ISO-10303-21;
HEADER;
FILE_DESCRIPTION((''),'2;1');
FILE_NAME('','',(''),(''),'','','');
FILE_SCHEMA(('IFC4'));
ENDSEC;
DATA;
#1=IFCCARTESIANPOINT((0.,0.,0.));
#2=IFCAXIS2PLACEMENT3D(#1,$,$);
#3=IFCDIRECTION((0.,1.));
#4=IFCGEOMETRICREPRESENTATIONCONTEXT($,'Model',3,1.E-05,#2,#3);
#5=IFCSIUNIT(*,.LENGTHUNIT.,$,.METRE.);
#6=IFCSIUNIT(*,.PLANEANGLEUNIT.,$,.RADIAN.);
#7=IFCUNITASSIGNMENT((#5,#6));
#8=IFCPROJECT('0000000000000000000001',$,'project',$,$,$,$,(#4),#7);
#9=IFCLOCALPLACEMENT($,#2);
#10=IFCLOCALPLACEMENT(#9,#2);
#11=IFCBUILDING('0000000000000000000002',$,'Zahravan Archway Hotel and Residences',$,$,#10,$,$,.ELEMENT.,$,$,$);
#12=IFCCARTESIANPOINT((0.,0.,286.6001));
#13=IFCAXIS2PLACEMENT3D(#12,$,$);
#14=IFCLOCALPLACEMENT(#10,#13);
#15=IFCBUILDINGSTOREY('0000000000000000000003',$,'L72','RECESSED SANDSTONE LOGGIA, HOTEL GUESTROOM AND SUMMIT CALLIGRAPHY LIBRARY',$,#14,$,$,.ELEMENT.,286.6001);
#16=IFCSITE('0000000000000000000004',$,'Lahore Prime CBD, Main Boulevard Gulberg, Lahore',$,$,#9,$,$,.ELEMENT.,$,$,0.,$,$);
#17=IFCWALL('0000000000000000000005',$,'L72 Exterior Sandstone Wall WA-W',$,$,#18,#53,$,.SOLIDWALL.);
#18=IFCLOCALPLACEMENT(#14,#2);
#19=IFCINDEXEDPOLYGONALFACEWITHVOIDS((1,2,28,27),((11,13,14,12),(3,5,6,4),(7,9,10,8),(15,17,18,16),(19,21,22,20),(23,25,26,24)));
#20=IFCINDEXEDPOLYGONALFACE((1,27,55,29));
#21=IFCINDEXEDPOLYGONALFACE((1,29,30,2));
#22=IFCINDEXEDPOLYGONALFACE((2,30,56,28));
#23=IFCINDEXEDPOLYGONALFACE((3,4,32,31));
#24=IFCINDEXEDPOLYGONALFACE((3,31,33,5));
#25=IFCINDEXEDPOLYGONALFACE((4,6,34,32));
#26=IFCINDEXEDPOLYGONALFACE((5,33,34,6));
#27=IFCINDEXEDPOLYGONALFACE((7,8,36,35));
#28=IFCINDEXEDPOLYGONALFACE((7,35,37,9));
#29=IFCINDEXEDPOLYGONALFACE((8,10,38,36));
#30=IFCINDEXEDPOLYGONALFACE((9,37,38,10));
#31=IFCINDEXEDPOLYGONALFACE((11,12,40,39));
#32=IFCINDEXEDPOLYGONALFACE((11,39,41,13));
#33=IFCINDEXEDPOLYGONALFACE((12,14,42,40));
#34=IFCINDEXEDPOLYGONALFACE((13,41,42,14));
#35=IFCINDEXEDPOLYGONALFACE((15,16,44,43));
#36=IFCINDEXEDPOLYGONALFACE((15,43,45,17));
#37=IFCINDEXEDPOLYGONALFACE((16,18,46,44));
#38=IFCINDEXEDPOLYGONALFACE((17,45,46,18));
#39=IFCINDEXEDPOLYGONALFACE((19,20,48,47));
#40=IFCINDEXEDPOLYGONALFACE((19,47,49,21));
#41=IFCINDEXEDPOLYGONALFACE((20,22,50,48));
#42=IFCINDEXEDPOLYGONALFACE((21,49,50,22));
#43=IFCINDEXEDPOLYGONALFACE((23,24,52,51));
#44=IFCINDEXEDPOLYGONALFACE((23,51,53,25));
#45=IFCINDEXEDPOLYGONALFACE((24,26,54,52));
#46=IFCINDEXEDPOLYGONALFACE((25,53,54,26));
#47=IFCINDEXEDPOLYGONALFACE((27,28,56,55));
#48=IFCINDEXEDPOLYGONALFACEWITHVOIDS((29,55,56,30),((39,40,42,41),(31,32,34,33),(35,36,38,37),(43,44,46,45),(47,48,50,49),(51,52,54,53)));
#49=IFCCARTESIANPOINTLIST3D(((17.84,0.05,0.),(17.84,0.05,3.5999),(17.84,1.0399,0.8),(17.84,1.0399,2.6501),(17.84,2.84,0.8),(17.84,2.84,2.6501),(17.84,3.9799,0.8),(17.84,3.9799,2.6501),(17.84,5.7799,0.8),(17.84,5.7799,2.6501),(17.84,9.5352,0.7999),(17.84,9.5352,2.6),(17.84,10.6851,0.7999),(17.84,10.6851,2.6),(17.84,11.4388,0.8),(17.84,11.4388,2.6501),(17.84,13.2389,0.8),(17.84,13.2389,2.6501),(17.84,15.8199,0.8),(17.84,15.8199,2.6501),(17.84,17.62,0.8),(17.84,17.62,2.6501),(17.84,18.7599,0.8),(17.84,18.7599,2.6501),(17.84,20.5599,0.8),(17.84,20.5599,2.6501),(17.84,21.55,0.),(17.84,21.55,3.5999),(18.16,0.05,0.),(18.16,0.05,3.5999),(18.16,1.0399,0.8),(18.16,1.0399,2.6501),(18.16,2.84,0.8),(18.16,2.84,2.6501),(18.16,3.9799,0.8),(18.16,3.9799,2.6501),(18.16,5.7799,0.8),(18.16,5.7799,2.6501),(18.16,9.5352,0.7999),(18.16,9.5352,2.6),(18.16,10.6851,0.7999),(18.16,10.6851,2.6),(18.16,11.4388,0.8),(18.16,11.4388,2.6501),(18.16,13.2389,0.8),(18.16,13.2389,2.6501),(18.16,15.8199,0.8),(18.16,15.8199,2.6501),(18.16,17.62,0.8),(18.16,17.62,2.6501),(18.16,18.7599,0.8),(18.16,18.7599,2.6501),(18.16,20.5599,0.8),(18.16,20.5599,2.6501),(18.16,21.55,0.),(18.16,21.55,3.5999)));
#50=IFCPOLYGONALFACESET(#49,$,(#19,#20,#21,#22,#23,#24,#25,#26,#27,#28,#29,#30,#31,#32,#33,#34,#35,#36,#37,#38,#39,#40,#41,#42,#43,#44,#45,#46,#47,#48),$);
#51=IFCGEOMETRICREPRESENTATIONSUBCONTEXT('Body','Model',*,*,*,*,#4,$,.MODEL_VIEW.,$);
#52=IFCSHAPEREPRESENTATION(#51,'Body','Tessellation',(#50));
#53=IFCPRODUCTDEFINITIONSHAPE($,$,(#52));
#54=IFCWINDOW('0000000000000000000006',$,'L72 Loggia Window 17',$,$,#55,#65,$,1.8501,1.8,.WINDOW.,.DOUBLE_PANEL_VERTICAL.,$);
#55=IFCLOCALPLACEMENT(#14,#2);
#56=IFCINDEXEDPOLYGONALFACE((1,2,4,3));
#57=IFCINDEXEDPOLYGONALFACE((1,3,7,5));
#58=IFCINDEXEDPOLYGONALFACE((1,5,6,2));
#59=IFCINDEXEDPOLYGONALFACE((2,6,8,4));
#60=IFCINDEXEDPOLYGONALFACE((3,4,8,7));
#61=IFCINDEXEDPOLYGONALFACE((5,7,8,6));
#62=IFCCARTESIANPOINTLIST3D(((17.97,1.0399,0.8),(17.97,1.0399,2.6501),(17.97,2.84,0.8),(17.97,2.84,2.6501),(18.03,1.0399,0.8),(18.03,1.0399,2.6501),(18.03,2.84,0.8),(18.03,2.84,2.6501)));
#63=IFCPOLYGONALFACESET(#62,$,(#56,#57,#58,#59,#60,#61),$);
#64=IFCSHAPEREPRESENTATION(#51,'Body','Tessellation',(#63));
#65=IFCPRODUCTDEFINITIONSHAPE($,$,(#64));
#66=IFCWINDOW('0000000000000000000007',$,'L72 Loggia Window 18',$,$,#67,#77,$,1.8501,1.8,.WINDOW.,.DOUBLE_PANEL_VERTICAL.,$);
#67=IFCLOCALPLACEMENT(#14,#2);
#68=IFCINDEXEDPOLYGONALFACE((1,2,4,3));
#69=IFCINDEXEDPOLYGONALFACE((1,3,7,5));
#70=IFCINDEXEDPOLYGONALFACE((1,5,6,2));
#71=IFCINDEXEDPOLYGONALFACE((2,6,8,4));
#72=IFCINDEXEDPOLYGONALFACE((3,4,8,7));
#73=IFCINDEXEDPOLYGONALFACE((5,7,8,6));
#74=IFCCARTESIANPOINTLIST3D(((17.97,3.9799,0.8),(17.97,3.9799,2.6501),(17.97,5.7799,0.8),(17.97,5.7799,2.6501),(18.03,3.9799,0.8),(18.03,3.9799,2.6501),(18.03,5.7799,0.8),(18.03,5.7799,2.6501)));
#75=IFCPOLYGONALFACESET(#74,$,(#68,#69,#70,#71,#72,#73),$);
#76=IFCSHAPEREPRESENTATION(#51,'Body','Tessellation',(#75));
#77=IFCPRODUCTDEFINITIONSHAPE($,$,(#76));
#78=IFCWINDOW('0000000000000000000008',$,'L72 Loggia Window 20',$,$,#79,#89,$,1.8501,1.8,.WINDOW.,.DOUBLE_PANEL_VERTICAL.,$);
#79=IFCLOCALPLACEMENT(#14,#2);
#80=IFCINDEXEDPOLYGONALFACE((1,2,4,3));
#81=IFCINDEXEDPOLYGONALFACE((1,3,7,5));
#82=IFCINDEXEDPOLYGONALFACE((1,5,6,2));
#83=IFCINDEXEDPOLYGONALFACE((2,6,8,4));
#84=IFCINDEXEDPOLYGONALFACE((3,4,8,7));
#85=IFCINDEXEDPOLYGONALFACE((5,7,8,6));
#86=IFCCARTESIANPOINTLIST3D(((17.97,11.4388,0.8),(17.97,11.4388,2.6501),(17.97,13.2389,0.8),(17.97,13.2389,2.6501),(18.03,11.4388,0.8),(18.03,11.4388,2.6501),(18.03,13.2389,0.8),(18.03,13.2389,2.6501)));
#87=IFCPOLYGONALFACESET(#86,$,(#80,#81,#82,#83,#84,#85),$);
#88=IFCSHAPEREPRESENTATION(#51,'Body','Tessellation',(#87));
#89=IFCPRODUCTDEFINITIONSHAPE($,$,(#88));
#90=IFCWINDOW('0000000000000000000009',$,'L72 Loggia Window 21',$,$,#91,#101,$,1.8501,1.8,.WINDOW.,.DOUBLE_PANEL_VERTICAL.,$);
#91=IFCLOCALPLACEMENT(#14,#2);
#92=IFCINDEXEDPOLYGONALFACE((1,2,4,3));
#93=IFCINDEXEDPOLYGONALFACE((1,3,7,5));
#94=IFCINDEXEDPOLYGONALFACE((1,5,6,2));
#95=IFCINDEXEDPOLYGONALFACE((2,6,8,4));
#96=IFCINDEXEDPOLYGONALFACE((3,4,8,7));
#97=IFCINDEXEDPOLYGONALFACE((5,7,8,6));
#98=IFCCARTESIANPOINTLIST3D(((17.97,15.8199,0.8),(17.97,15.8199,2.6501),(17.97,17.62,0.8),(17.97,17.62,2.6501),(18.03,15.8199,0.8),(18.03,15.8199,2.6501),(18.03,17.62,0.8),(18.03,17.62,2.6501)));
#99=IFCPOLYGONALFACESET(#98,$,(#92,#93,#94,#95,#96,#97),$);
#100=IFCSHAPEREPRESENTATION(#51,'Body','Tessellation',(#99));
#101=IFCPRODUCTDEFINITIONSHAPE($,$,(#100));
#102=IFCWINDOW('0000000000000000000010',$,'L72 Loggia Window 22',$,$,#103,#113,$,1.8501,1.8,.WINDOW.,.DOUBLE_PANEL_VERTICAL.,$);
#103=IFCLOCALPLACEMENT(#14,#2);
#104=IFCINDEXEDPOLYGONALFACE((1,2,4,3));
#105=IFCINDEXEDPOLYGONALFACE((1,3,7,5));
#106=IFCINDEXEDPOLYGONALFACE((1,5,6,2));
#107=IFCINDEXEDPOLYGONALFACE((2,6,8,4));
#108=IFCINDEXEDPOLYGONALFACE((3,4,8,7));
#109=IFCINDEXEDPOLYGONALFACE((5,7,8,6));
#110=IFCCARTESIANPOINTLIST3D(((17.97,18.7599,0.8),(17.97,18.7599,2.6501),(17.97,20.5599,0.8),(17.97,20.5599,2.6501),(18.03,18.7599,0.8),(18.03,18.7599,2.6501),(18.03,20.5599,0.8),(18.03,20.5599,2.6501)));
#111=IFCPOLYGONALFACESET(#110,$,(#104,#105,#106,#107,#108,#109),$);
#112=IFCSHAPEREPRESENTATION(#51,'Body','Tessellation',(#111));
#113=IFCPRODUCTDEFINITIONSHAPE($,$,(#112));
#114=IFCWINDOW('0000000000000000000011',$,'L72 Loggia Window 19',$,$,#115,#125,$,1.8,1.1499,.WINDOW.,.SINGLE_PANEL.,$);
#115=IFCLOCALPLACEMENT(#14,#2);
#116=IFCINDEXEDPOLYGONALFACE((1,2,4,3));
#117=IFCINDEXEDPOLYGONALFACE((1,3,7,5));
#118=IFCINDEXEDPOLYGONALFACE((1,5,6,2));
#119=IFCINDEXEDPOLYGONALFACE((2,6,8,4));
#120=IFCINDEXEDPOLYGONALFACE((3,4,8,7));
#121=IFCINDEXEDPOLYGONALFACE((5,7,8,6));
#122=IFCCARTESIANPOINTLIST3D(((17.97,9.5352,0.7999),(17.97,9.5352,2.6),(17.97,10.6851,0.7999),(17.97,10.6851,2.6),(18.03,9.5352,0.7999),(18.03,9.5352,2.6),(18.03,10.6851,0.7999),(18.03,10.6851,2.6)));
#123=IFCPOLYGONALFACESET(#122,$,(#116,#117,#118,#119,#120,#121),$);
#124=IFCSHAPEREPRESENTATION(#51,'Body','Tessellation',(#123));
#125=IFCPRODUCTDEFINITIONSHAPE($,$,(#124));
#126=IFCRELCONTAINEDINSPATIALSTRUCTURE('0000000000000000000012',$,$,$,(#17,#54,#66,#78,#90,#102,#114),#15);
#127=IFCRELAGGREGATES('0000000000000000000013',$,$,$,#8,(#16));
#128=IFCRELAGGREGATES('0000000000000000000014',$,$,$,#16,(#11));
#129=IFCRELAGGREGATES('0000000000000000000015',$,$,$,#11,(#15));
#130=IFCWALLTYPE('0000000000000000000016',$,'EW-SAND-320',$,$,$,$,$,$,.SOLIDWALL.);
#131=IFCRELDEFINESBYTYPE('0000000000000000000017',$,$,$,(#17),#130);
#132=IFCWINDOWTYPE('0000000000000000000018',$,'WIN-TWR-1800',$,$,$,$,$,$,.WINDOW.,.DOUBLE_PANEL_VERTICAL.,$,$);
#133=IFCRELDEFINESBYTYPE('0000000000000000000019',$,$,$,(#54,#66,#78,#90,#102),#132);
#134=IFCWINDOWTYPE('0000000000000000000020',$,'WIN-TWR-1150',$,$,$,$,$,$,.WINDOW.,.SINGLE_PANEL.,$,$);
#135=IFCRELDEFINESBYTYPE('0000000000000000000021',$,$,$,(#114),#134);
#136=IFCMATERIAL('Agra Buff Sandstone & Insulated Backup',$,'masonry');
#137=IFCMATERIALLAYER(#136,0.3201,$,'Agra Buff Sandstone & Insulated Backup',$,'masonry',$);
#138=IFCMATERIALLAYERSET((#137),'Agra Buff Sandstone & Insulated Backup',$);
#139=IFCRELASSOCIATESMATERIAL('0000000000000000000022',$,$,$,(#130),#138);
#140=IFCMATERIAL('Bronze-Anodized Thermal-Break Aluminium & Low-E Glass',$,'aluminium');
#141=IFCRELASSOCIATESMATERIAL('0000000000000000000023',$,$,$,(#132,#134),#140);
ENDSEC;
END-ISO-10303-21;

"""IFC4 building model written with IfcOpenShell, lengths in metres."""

from ifc_helpers import new_model, si_unit, direction, frame, frame_2d, origin, place, context, subcontext, project, spatial, rectangle, extrude, source, transform, mapped, material, layer, layer_set, type_object, type_shapes, element, fill, save


model = new_model("IFC4")

# Units and contexts
model_context = context("Model", 3, precision=1e-05, world=origin(), true_north=direction((0.0, 1.0)))
body_context = subcontext(model_context, "Body", "Model", "MODEL_VIEW")
ifc_project = project(units=[si_unit("LENGTHUNIT", "METRE"), si_unit("PLANEANGLEUNIT", "RADIAN")], contexts=[model_context])

# Site, building, storey
site_placement = place(None, origin())
site = spatial("IfcSite", under=ifc_project, at=site_placement, Name="Lahore Prime CBD, Main Boulevard Gulberg, Lahore", CompositionType="ELEMENT", RefElevation=0.0)
building_placement = place(site_placement, origin())
building = spatial("IfcBuilding", under=site, at=building_placement, Name="Zahravan Archway Hotel and Residences", CompositionType="ELEMENT")
storey_placement = place(building_placement, frame((0.0, 0.0, 286.6001)))
storey = spatial("IfcBuildingStorey", under=building, at=storey_placement, Name="L72", Description="RECESSED SANDSTONE LOGGIA, HOTEL GUESTROOM AND SUMMIT CALLIGRAPHY LIBRARY", CompositionType="ELEMENT", Elevation=286.6001)

# Wall, openings, windows
ifc_material_1 = material(Name="Agra Buff Sandstone & Insulated Backup", Category="masonry")
ifc_layer_1 = layer(ifc_material_1, 0.3201, Name="Agra Buff Sandstone & Insulated Backup", Category="masonry")
ifc_layer_set_1 = layer_set([ifc_layer_1], Name="Agra Buff Sandstone & Insulated Backup")
wall_type_1 = type_object("IfcWallType", Name="EW-SAND-320", PredefinedType="SOLIDWALL", material=ifc_layer_set_1)
wall_1_placement = place(storey_placement, frame((18.0, 0.05, 0.0), z_axis=(0.0, 0.0, 1.0), x_axis=(0.0, 1.0, 0.0)))
wall_1 = element("IfcWall", 1, at=wall_1_placement, inside=storey, type_object=wall_type_1, Name="L72 Exterior Sandstone Wall WA-W", PredefinedType="SOLIDWALL", context=body_context, shape_type="SweptSolid", body=[
    extrude(rectangle(XDim=21.5, YDim=0.3201, at=frame_2d((10.75, 0.0))), origin(), (0.0, 0.0, 1.0), 3.5999),
])
opening_1_placement = place(wall_1_placement, frame((0.99, 0.0, 0.8)))
opening_1 = element("IfcOpeningElement", 2, at=opening_1_placement, cuts=wall_1, PredefinedType="OPENING", context=body_context, shape_type="SweptSolid", body=[
    extrude(rectangle(XDim=1.8, YDim=1.8501, at=frame_2d((0.8999, 0.925))), frame((0.0, 0.1699, 0.0), z_axis=(0.0, -1.0, 0.0), x_axis=(1.0, 0.0, 0.0)), (0.0, 0.0, 1.0), 0.3401),
])
opening_2_placement = place(wall_1_placement, frame((3.9299, 0.0, 0.8)))
opening_2 = element("IfcOpeningElement", 3, at=opening_2_placement, cuts=wall_1, PredefinedType="OPENING", context=body_context, shape_type="SweptSolid", body=[
    extrude(rectangle(XDim=1.8, YDim=1.8501, at=frame_2d((0.8999, 0.925))), frame((0.0, 0.1699, 0.0), z_axis=(0.0, -1.0, 0.0), x_axis=(1.0, 0.0, 0.0)), (0.0, 0.0, 1.0), 0.3401),
])
opening_3_placement = place(wall_1_placement, frame((9.4851, 0.0, 0.8)))
opening_3 = element("IfcOpeningElement", 4, at=opening_3_placement, cuts=wall_1, PredefinedType="OPENING", context=body_context, shape_type="SweptSolid", body=[
    extrude(rectangle(XDim=1.1499, YDim=1.8, at=frame_2d((0.575, 0.8999))), frame((0.0, 0.1699, 0.0), z_axis=(0.0, -1.0, 0.0), x_axis=(1.0, 0.0, 0.0)), (0.0, 0.0, 1.0), 0.3401),
])
opening_4_placement = place(wall_1_placement, frame((11.3889, 0.0, 0.8)))
opening_4 = element("IfcOpeningElement", 5, at=opening_4_placement, cuts=wall_1, PredefinedType="OPENING", context=body_context, shape_type="SweptSolid", body=[
    extrude(rectangle(XDim=1.8, YDim=1.8501, at=frame_2d((0.8999, 0.925))), frame((0.0, 0.1699, 0.0), z_axis=(0.0, -1.0, 0.0), x_axis=(1.0, 0.0, 0.0)), (0.0, 0.0, 1.0), 0.3401),
])
opening_5_placement = place(wall_1_placement, frame((15.77, 0.0, 0.8)))
opening_5 = element("IfcOpeningElement", 6, at=opening_5_placement, cuts=wall_1, PredefinedType="OPENING", context=body_context, shape_type="SweptSolid", body=[
    extrude(rectangle(XDim=1.8, YDim=1.8501, at=frame_2d((0.8999, 0.925))), frame((0.0, 0.1699, 0.0), z_axis=(0.0, -1.0, 0.0), x_axis=(1.0, 0.0, 0.0)), (0.0, 0.0, 1.0), 0.3401),
])
opening_6_placement = place(wall_1_placement, frame((18.71, 0.0, 0.8)))
opening_6 = element("IfcOpeningElement", 7, at=opening_6_placement, cuts=wall_1, PredefinedType="OPENING", context=body_context, shape_type="SweptSolid", body=[
    extrude(rectangle(XDim=1.8, YDim=1.8501, at=frame_2d((0.8999, 0.925))), frame((0.0, 0.1699, 0.0), z_axis=(0.0, -1.0, 0.0), x_axis=(1.0, 0.0, 0.0)), (0.0, 0.0, 1.0), 0.3401),
])
ifc_material_2 = material(Name="Bronze-Anodized Thermal-Break Aluminium & Low-E Glass", Category="aluminium")
window_type_1 = type_object("IfcWindowType", Name="WIN-TWR-1800", PartitioningType="DOUBLE_PANEL_VERTICAL", PredefinedType="WINDOW", material=ifc_material_2)
shared_shape_1 = source(origin(), body_context, "Body", "SweptSolid", [
    extrude(rectangle(XDim=1.8, YDim=1.8501, at=frame_2d((0.8999, 0.925))), frame((0.0, 0.03, 0.0), z_axis=(0.0, -1.0, 0.0), x_axis=(1.0, 0.0, 0.0)), (0.0, 0.0, 1.0), 0.0601),
])
type_shapes(window_type_1, [shared_shape_1])
window_1_placement = place(opening_1_placement, origin())
window_1 = element("IfcWindow", 8, at=window_1_placement, inside=storey, type_object=window_type_1, Name="L72 Loggia Window 17", OverallHeight=1.8501, OverallWidth=1.8, PartitioningType="DOUBLE_PANEL_VERTICAL", PredefinedType="WINDOW", context=body_context, shape_type="MappedRepresentation", body=[
    mapped(shared_shape_1, transform((0.0, 0.0, 0.0), scale=1.0)),
])
fill(opening_1, window_1)
window_2_placement = place(opening_2_placement, origin())
window_2 = element("IfcWindow", 9, at=window_2_placement, inside=storey, type_object=window_type_1, Name="L72 Loggia Window 18", OverallHeight=1.8501, OverallWidth=1.8, PartitioningType="DOUBLE_PANEL_VERTICAL", PredefinedType="WINDOW", context=body_context, shape_type="MappedRepresentation", body=[
    mapped(shared_shape_1, transform((0.0, 0.0, 0.0), scale=1.0)),
])
fill(opening_2, window_2)
window_3_placement = place(opening_4_placement, origin())
window_3 = element("IfcWindow", 10, at=window_3_placement, inside=storey, type_object=window_type_1, Name="L72 Loggia Window 20", OverallHeight=1.8501, OverallWidth=1.8, PartitioningType="DOUBLE_PANEL_VERTICAL", PredefinedType="WINDOW", context=body_context, shape_type="MappedRepresentation", body=[
    mapped(shared_shape_1, transform((0.0, 0.0, 0.0), scale=1.0)),
])
fill(opening_4, window_3)
window_4_placement = place(opening_5_placement, origin())
window_4 = element("IfcWindow", 11, at=window_4_placement, inside=storey, type_object=window_type_1, Name="L72 Loggia Window 21", OverallHeight=1.8501, OverallWidth=1.8, PartitioningType="DOUBLE_PANEL_VERTICAL", PredefinedType="WINDOW", context=body_context, shape_type="MappedRepresentation", body=[
    mapped(shared_shape_1, transform((0.0, 0.0, 0.0), scale=1.0)),
])
fill(opening_5, window_4)
window_5_placement = place(opening_6_placement, origin())
window_5 = element("IfcWindow", 12, at=window_5_placement, inside=storey, type_object=window_type_1, Name="L72 Loggia Window 22", OverallHeight=1.8501, OverallWidth=1.8, PartitioningType="DOUBLE_PANEL_VERTICAL", PredefinedType="WINDOW", context=body_context, shape_type="MappedRepresentation", body=[
    mapped(shared_shape_1, transform((0.0, 0.0, 0.0), scale=1.0)),
])
fill(opening_6, window_5)
window_type_2 = type_object("IfcWindowType", Name="WIN-TWR-1150", PartitioningType="SINGLE_PANEL", PredefinedType="WINDOW", material=ifc_material_2)
shared_shape_2 = source(origin(), body_context, "Body", "SweptSolid", [
    extrude(rectangle(XDim=1.1499, YDim=1.8, at=frame_2d((0.575, 0.8999))), frame((0.0, 0.03, 0.0), z_axis=(0.0, -1.0, 0.0), x_axis=(1.0, 0.0, 0.0)), (0.0, 0.0, 1.0), 0.0601),
])
type_shapes(window_type_2, [shared_shape_2])
window_6_placement = place(opening_3_placement, origin())
window_6 = element("IfcWindow", 13, at=window_6_placement, inside=storey, type_object=window_type_2, Name="L72 Loggia Window 19", OverallHeight=1.8, OverallWidth=1.1499, PartitioningType="SINGLE_PANEL", PredefinedType="WINDOW", context=body_context, shape_type="MappedRepresentation", body=[
    mapped(shared_shape_2, transform((0.0, 0.0, 0.0), scale=1.0)),
])
fill(opening_3, window_6)

save(model, "model.ifc")
